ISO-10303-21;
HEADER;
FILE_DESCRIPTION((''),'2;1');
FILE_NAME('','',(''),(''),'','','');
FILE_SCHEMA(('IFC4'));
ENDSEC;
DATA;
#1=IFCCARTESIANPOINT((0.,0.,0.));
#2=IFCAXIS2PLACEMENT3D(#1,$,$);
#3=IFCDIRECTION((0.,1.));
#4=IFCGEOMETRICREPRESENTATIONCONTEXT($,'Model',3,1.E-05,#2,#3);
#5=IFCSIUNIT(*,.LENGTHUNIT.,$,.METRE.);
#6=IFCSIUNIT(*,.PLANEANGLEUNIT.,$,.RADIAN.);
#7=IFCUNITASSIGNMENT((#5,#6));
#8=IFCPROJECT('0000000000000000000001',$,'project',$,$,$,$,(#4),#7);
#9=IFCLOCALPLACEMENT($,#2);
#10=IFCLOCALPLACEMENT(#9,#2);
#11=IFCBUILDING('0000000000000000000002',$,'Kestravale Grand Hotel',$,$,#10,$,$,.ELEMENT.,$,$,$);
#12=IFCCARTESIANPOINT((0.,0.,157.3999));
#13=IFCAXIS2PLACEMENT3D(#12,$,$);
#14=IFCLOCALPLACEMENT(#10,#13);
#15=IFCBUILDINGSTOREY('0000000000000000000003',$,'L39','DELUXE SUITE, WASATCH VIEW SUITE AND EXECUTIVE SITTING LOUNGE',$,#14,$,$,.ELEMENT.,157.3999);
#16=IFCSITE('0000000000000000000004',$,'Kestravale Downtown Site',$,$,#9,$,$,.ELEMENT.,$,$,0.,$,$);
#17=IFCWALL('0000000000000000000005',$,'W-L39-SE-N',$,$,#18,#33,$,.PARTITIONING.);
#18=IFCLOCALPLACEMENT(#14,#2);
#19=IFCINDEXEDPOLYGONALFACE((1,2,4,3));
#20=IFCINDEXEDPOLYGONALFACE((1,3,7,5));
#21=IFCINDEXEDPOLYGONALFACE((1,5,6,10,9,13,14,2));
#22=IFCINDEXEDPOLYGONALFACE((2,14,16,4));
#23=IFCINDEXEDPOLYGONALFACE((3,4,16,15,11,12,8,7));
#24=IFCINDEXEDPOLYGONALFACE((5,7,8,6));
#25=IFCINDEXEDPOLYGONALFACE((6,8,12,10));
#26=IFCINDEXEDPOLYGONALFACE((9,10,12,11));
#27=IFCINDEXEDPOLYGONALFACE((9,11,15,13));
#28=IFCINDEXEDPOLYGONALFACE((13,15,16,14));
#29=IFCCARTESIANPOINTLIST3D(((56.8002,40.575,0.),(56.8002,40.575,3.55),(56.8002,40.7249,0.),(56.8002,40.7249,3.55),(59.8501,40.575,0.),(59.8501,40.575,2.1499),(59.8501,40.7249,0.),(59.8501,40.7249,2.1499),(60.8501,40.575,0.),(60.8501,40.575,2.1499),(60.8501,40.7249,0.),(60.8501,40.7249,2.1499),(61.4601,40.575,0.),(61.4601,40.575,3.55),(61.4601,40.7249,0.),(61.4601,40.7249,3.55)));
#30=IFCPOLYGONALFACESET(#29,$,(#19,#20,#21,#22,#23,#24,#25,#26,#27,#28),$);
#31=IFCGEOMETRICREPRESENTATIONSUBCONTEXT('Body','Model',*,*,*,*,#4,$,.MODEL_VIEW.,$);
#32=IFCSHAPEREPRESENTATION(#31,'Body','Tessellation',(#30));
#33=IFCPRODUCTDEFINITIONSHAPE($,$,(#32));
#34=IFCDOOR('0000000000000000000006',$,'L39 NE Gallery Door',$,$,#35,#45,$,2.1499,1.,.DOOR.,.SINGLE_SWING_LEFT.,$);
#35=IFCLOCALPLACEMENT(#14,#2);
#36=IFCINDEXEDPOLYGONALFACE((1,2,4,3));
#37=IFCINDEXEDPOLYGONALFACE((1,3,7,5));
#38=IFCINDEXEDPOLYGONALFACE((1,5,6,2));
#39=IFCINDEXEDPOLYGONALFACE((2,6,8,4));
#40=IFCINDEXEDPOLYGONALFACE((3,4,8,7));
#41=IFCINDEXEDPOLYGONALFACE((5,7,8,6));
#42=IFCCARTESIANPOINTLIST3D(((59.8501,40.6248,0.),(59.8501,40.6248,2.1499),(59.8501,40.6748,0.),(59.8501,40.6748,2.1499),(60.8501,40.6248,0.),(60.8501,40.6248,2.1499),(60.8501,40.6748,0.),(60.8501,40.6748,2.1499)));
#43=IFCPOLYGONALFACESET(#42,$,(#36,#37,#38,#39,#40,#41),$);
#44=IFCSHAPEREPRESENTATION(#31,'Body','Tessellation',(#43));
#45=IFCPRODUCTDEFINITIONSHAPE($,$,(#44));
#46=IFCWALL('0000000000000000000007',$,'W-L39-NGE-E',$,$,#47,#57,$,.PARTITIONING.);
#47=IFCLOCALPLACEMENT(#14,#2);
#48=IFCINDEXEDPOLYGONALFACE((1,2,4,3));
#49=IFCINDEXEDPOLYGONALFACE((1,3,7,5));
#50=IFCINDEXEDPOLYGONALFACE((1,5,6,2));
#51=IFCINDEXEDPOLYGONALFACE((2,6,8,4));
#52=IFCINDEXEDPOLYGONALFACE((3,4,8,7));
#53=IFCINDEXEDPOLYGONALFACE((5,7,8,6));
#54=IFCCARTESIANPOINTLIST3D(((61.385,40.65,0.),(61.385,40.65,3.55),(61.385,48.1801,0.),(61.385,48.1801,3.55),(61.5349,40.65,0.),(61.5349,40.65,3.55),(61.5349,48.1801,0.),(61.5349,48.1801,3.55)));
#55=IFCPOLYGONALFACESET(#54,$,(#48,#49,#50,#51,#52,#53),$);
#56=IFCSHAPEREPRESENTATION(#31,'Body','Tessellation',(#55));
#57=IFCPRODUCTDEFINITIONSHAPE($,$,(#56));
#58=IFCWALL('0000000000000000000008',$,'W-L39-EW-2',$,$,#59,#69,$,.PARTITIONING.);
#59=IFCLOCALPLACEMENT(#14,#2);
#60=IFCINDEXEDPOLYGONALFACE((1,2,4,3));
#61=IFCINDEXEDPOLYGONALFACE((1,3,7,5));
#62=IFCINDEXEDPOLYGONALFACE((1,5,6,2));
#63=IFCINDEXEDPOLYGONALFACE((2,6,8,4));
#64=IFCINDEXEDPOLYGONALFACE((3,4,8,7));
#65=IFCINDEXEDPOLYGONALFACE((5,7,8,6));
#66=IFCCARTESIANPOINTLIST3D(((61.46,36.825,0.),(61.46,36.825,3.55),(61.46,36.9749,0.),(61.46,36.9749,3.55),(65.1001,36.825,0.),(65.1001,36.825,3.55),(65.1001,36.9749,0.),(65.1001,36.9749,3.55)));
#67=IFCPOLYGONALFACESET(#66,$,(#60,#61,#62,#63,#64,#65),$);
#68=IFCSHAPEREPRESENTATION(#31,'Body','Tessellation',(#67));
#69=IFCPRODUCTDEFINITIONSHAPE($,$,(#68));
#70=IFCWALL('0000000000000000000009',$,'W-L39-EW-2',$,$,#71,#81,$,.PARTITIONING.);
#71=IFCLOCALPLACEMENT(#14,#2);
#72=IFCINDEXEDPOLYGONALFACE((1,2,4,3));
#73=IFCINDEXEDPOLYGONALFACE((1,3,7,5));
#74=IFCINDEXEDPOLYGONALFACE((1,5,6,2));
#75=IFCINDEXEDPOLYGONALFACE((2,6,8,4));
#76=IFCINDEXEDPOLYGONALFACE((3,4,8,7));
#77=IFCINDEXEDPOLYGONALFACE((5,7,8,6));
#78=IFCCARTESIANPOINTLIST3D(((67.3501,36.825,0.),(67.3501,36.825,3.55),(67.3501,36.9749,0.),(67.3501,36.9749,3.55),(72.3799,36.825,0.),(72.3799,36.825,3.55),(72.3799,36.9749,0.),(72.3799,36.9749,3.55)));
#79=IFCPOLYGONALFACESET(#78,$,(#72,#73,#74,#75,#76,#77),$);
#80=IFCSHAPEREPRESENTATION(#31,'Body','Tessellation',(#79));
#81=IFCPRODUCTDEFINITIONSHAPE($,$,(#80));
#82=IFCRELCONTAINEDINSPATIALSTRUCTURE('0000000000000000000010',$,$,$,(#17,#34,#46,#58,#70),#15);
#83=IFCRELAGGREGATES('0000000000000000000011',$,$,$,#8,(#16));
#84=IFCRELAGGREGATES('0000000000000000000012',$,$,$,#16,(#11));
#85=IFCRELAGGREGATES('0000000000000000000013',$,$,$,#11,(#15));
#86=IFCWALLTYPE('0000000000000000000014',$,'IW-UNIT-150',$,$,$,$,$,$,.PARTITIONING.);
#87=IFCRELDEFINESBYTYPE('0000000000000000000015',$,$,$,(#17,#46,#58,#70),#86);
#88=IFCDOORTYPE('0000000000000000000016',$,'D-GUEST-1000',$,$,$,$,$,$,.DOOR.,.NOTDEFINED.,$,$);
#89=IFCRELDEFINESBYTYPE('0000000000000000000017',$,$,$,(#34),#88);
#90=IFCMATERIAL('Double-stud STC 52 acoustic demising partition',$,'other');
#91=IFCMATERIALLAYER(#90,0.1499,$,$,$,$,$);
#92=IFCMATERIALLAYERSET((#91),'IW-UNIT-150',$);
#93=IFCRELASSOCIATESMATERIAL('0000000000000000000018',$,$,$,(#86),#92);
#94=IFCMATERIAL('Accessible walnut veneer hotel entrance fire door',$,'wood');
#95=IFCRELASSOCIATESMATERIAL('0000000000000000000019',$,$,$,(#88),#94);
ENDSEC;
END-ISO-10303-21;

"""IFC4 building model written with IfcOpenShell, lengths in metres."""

from ifc_helpers import new_model, si_unit, direction, frame, frame_2d, origin, place, context, subcontext, project, spatial, rectangle, extrude, material, layer, layer_set, type_object, element, fill, save


model = new_model("IFC4")

# Units and contexts
model_context = context("Model", 3, precision=1e-05, world=origin(), true_north=direction((0.0, 1.0)))
body_context = subcontext(model_context, "Body", "Model", "MODEL_VIEW")
ifc_project = project(units=[si_unit("LENGTHUNIT", "METRE"), si_unit("PLANEANGLEUNIT", "RADIAN")], contexts=[model_context])

# Site, building, storey
site_placement = place(None, origin())
site = spatial("IfcSite", under=ifc_project, at=site_placement, Name="Kestravale Downtown Site", CompositionType="ELEMENT", RefElevation=0.0)
building_placement = place(site_placement, origin())
building = spatial("IfcBuilding", under=site, at=building_placement, Name="Kestravale Grand Hotel", CompositionType="ELEMENT")
storey_placement = place(building_placement, frame((0.0, 0.0, 157.3999)))
storey = spatial("IfcBuildingStorey", under=building, at=storey_placement, Name="L39", Description="DELUXE SUITE, WASATCH VIEW SUITE AND EXECUTIVE SITTING LOUNGE", CompositionType="ELEMENT", Elevation=157.3999)

# Wall, opening, door
ifc_material_1 = material(Name="Double-stud STC 52 acoustic demising partition", Category="other")
ifc_layer_1 = layer(ifc_material_1, 0.1499)
ifc_layer_set_1 = layer_set([ifc_layer_1], Name="IW-UNIT-150")
wall_type_1 = type_object("IfcWallType", Name="IW-UNIT-150", PredefinedType="PARTITIONING", material=ifc_layer_set_1)
wall_1_placement = place(storey_placement, frame((56.8, 40.6499, 0.0), z_axis=(0.0, 0.0, 1.0), x_axis=(1.0, 0.0, 0.0)))
wall_1 = element("IfcWall", 1, at=wall_1_placement, inside=storey, type_object=wall_type_1, Name="W-L39-SE-N", PredefinedType="PARTITIONING", context=body_context, shape_type="SweptSolid", body=[
    extrude(rectangle(XDim=4.6599, YDim=0.1499, at=frame_2d((2.3301, 0.0))), origin(), (0.0, 0.0, 1.0), 3.55),
])
opening_1_placement = place(wall_1_placement, frame((3.05, 0.0, 0.0)))
opening_1 = element("IfcOpeningElement", 2, at=opening_1_placement, cuts=wall_1, PredefinedType="OPENING", context=body_context, shape_type="SweptSolid", body=[
    extrude(rectangle(XDim=1.0, YDim=2.1499, at=frame_2d((0.5, 1.075))), frame((0.0, 0.085, 0.0), z_axis=(0.0, -1.0, 0.0), x_axis=(1.0, 0.0, 0.0)), (0.0, 0.0, 1.0), 0.1699),
])
ifc_material_2 = material(Name="Accessible walnut veneer hotel entrance fire door", Category="wood")
door_type_1 = type_object("IfcDoorType", Name="D-GUEST-1000", OperationType="NOTDEFINED", PredefinedType="DOOR", material=ifc_material_2)
door_1_placement = place(opening_1_placement, origin())
door_1 = element("IfcDoor", 3, at=door_1_placement, inside=storey, type_object=door_type_1, Name="L39 NE Gallery Door", OperationType="SINGLE_SWING_LEFT", OverallHeight=2.1499, OverallWidth=1.0, PredefinedType="DOOR", context=body_context, shape_type="SweptSolid", body=[
    extrude(rectangle(XDim=1.0, YDim=2.1499, at=frame_2d((0.5, 1.075))), frame((0.0, 0.0249, 0.0), z_axis=(0.0, -1.0, 0.0), x_axis=(1.0, 0.0, 0.0)), (0.0, 0.0, 1.0), 0.05),
])
fill(opening_1, door_1)

# Walls
wall_2_placement = place(storey_placement, frame((61.46, 40.6499, 0.0), z_axis=(0.0, 0.0, 1.0), x_axis=(0.0, 1.0, 0.0)))
element("IfcWall", 4, at=wall_2_placement, inside=storey, type_object=wall_type_1, Name="W-L39-NGE-E", PredefinedType="PARTITIONING", context=body_context, shape_type="SweptSolid", body=[
    extrude(rectangle(XDim=7.53, YDim=0.1499, at=frame_2d((3.7651, 0.0))), origin(), (0.0, 0.0, 1.0), 3.55),
])
wall_3_placement = place(storey_placement, frame((61.46, 36.8999, 0.0), z_axis=(0.0, 0.0, 1.0), x_axis=(1.0, 0.0, 0.0)))
element("IfcWall", 5, at=wall_3_placement, inside=storey, type_object=wall_type_1, Name="W-L39-EW-2", PredefinedType="PARTITIONING", context=body_context, shape_type="SweptSolid", body=[
    extrude(rectangle(XDim=3.6401, YDim=0.1499, at=frame_2d((1.8201, 0.0))), origin(), (0.0, 0.0, 1.0), 3.55),
])
wall_4_placement = place(storey_placement, frame((67.3501, 36.8999, 0.0), z_axis=(0.0, 0.0, 1.0), x_axis=(1.0, 0.0, 0.0)))
element("IfcWall", 6, at=wall_4_placement, inside=storey, type_object=wall_type_1, Name="W-L39-EW-2", PredefinedType="PARTITIONING", context=body_context, shape_type="SweptSolid", body=[
    extrude(rectangle(XDim=5.0298, YDim=0.1499, at=frame_2d((2.5149, 0.0))), origin(), (0.0, 0.0, 1.0), 3.55),
])

save(model, "model.ifc")
